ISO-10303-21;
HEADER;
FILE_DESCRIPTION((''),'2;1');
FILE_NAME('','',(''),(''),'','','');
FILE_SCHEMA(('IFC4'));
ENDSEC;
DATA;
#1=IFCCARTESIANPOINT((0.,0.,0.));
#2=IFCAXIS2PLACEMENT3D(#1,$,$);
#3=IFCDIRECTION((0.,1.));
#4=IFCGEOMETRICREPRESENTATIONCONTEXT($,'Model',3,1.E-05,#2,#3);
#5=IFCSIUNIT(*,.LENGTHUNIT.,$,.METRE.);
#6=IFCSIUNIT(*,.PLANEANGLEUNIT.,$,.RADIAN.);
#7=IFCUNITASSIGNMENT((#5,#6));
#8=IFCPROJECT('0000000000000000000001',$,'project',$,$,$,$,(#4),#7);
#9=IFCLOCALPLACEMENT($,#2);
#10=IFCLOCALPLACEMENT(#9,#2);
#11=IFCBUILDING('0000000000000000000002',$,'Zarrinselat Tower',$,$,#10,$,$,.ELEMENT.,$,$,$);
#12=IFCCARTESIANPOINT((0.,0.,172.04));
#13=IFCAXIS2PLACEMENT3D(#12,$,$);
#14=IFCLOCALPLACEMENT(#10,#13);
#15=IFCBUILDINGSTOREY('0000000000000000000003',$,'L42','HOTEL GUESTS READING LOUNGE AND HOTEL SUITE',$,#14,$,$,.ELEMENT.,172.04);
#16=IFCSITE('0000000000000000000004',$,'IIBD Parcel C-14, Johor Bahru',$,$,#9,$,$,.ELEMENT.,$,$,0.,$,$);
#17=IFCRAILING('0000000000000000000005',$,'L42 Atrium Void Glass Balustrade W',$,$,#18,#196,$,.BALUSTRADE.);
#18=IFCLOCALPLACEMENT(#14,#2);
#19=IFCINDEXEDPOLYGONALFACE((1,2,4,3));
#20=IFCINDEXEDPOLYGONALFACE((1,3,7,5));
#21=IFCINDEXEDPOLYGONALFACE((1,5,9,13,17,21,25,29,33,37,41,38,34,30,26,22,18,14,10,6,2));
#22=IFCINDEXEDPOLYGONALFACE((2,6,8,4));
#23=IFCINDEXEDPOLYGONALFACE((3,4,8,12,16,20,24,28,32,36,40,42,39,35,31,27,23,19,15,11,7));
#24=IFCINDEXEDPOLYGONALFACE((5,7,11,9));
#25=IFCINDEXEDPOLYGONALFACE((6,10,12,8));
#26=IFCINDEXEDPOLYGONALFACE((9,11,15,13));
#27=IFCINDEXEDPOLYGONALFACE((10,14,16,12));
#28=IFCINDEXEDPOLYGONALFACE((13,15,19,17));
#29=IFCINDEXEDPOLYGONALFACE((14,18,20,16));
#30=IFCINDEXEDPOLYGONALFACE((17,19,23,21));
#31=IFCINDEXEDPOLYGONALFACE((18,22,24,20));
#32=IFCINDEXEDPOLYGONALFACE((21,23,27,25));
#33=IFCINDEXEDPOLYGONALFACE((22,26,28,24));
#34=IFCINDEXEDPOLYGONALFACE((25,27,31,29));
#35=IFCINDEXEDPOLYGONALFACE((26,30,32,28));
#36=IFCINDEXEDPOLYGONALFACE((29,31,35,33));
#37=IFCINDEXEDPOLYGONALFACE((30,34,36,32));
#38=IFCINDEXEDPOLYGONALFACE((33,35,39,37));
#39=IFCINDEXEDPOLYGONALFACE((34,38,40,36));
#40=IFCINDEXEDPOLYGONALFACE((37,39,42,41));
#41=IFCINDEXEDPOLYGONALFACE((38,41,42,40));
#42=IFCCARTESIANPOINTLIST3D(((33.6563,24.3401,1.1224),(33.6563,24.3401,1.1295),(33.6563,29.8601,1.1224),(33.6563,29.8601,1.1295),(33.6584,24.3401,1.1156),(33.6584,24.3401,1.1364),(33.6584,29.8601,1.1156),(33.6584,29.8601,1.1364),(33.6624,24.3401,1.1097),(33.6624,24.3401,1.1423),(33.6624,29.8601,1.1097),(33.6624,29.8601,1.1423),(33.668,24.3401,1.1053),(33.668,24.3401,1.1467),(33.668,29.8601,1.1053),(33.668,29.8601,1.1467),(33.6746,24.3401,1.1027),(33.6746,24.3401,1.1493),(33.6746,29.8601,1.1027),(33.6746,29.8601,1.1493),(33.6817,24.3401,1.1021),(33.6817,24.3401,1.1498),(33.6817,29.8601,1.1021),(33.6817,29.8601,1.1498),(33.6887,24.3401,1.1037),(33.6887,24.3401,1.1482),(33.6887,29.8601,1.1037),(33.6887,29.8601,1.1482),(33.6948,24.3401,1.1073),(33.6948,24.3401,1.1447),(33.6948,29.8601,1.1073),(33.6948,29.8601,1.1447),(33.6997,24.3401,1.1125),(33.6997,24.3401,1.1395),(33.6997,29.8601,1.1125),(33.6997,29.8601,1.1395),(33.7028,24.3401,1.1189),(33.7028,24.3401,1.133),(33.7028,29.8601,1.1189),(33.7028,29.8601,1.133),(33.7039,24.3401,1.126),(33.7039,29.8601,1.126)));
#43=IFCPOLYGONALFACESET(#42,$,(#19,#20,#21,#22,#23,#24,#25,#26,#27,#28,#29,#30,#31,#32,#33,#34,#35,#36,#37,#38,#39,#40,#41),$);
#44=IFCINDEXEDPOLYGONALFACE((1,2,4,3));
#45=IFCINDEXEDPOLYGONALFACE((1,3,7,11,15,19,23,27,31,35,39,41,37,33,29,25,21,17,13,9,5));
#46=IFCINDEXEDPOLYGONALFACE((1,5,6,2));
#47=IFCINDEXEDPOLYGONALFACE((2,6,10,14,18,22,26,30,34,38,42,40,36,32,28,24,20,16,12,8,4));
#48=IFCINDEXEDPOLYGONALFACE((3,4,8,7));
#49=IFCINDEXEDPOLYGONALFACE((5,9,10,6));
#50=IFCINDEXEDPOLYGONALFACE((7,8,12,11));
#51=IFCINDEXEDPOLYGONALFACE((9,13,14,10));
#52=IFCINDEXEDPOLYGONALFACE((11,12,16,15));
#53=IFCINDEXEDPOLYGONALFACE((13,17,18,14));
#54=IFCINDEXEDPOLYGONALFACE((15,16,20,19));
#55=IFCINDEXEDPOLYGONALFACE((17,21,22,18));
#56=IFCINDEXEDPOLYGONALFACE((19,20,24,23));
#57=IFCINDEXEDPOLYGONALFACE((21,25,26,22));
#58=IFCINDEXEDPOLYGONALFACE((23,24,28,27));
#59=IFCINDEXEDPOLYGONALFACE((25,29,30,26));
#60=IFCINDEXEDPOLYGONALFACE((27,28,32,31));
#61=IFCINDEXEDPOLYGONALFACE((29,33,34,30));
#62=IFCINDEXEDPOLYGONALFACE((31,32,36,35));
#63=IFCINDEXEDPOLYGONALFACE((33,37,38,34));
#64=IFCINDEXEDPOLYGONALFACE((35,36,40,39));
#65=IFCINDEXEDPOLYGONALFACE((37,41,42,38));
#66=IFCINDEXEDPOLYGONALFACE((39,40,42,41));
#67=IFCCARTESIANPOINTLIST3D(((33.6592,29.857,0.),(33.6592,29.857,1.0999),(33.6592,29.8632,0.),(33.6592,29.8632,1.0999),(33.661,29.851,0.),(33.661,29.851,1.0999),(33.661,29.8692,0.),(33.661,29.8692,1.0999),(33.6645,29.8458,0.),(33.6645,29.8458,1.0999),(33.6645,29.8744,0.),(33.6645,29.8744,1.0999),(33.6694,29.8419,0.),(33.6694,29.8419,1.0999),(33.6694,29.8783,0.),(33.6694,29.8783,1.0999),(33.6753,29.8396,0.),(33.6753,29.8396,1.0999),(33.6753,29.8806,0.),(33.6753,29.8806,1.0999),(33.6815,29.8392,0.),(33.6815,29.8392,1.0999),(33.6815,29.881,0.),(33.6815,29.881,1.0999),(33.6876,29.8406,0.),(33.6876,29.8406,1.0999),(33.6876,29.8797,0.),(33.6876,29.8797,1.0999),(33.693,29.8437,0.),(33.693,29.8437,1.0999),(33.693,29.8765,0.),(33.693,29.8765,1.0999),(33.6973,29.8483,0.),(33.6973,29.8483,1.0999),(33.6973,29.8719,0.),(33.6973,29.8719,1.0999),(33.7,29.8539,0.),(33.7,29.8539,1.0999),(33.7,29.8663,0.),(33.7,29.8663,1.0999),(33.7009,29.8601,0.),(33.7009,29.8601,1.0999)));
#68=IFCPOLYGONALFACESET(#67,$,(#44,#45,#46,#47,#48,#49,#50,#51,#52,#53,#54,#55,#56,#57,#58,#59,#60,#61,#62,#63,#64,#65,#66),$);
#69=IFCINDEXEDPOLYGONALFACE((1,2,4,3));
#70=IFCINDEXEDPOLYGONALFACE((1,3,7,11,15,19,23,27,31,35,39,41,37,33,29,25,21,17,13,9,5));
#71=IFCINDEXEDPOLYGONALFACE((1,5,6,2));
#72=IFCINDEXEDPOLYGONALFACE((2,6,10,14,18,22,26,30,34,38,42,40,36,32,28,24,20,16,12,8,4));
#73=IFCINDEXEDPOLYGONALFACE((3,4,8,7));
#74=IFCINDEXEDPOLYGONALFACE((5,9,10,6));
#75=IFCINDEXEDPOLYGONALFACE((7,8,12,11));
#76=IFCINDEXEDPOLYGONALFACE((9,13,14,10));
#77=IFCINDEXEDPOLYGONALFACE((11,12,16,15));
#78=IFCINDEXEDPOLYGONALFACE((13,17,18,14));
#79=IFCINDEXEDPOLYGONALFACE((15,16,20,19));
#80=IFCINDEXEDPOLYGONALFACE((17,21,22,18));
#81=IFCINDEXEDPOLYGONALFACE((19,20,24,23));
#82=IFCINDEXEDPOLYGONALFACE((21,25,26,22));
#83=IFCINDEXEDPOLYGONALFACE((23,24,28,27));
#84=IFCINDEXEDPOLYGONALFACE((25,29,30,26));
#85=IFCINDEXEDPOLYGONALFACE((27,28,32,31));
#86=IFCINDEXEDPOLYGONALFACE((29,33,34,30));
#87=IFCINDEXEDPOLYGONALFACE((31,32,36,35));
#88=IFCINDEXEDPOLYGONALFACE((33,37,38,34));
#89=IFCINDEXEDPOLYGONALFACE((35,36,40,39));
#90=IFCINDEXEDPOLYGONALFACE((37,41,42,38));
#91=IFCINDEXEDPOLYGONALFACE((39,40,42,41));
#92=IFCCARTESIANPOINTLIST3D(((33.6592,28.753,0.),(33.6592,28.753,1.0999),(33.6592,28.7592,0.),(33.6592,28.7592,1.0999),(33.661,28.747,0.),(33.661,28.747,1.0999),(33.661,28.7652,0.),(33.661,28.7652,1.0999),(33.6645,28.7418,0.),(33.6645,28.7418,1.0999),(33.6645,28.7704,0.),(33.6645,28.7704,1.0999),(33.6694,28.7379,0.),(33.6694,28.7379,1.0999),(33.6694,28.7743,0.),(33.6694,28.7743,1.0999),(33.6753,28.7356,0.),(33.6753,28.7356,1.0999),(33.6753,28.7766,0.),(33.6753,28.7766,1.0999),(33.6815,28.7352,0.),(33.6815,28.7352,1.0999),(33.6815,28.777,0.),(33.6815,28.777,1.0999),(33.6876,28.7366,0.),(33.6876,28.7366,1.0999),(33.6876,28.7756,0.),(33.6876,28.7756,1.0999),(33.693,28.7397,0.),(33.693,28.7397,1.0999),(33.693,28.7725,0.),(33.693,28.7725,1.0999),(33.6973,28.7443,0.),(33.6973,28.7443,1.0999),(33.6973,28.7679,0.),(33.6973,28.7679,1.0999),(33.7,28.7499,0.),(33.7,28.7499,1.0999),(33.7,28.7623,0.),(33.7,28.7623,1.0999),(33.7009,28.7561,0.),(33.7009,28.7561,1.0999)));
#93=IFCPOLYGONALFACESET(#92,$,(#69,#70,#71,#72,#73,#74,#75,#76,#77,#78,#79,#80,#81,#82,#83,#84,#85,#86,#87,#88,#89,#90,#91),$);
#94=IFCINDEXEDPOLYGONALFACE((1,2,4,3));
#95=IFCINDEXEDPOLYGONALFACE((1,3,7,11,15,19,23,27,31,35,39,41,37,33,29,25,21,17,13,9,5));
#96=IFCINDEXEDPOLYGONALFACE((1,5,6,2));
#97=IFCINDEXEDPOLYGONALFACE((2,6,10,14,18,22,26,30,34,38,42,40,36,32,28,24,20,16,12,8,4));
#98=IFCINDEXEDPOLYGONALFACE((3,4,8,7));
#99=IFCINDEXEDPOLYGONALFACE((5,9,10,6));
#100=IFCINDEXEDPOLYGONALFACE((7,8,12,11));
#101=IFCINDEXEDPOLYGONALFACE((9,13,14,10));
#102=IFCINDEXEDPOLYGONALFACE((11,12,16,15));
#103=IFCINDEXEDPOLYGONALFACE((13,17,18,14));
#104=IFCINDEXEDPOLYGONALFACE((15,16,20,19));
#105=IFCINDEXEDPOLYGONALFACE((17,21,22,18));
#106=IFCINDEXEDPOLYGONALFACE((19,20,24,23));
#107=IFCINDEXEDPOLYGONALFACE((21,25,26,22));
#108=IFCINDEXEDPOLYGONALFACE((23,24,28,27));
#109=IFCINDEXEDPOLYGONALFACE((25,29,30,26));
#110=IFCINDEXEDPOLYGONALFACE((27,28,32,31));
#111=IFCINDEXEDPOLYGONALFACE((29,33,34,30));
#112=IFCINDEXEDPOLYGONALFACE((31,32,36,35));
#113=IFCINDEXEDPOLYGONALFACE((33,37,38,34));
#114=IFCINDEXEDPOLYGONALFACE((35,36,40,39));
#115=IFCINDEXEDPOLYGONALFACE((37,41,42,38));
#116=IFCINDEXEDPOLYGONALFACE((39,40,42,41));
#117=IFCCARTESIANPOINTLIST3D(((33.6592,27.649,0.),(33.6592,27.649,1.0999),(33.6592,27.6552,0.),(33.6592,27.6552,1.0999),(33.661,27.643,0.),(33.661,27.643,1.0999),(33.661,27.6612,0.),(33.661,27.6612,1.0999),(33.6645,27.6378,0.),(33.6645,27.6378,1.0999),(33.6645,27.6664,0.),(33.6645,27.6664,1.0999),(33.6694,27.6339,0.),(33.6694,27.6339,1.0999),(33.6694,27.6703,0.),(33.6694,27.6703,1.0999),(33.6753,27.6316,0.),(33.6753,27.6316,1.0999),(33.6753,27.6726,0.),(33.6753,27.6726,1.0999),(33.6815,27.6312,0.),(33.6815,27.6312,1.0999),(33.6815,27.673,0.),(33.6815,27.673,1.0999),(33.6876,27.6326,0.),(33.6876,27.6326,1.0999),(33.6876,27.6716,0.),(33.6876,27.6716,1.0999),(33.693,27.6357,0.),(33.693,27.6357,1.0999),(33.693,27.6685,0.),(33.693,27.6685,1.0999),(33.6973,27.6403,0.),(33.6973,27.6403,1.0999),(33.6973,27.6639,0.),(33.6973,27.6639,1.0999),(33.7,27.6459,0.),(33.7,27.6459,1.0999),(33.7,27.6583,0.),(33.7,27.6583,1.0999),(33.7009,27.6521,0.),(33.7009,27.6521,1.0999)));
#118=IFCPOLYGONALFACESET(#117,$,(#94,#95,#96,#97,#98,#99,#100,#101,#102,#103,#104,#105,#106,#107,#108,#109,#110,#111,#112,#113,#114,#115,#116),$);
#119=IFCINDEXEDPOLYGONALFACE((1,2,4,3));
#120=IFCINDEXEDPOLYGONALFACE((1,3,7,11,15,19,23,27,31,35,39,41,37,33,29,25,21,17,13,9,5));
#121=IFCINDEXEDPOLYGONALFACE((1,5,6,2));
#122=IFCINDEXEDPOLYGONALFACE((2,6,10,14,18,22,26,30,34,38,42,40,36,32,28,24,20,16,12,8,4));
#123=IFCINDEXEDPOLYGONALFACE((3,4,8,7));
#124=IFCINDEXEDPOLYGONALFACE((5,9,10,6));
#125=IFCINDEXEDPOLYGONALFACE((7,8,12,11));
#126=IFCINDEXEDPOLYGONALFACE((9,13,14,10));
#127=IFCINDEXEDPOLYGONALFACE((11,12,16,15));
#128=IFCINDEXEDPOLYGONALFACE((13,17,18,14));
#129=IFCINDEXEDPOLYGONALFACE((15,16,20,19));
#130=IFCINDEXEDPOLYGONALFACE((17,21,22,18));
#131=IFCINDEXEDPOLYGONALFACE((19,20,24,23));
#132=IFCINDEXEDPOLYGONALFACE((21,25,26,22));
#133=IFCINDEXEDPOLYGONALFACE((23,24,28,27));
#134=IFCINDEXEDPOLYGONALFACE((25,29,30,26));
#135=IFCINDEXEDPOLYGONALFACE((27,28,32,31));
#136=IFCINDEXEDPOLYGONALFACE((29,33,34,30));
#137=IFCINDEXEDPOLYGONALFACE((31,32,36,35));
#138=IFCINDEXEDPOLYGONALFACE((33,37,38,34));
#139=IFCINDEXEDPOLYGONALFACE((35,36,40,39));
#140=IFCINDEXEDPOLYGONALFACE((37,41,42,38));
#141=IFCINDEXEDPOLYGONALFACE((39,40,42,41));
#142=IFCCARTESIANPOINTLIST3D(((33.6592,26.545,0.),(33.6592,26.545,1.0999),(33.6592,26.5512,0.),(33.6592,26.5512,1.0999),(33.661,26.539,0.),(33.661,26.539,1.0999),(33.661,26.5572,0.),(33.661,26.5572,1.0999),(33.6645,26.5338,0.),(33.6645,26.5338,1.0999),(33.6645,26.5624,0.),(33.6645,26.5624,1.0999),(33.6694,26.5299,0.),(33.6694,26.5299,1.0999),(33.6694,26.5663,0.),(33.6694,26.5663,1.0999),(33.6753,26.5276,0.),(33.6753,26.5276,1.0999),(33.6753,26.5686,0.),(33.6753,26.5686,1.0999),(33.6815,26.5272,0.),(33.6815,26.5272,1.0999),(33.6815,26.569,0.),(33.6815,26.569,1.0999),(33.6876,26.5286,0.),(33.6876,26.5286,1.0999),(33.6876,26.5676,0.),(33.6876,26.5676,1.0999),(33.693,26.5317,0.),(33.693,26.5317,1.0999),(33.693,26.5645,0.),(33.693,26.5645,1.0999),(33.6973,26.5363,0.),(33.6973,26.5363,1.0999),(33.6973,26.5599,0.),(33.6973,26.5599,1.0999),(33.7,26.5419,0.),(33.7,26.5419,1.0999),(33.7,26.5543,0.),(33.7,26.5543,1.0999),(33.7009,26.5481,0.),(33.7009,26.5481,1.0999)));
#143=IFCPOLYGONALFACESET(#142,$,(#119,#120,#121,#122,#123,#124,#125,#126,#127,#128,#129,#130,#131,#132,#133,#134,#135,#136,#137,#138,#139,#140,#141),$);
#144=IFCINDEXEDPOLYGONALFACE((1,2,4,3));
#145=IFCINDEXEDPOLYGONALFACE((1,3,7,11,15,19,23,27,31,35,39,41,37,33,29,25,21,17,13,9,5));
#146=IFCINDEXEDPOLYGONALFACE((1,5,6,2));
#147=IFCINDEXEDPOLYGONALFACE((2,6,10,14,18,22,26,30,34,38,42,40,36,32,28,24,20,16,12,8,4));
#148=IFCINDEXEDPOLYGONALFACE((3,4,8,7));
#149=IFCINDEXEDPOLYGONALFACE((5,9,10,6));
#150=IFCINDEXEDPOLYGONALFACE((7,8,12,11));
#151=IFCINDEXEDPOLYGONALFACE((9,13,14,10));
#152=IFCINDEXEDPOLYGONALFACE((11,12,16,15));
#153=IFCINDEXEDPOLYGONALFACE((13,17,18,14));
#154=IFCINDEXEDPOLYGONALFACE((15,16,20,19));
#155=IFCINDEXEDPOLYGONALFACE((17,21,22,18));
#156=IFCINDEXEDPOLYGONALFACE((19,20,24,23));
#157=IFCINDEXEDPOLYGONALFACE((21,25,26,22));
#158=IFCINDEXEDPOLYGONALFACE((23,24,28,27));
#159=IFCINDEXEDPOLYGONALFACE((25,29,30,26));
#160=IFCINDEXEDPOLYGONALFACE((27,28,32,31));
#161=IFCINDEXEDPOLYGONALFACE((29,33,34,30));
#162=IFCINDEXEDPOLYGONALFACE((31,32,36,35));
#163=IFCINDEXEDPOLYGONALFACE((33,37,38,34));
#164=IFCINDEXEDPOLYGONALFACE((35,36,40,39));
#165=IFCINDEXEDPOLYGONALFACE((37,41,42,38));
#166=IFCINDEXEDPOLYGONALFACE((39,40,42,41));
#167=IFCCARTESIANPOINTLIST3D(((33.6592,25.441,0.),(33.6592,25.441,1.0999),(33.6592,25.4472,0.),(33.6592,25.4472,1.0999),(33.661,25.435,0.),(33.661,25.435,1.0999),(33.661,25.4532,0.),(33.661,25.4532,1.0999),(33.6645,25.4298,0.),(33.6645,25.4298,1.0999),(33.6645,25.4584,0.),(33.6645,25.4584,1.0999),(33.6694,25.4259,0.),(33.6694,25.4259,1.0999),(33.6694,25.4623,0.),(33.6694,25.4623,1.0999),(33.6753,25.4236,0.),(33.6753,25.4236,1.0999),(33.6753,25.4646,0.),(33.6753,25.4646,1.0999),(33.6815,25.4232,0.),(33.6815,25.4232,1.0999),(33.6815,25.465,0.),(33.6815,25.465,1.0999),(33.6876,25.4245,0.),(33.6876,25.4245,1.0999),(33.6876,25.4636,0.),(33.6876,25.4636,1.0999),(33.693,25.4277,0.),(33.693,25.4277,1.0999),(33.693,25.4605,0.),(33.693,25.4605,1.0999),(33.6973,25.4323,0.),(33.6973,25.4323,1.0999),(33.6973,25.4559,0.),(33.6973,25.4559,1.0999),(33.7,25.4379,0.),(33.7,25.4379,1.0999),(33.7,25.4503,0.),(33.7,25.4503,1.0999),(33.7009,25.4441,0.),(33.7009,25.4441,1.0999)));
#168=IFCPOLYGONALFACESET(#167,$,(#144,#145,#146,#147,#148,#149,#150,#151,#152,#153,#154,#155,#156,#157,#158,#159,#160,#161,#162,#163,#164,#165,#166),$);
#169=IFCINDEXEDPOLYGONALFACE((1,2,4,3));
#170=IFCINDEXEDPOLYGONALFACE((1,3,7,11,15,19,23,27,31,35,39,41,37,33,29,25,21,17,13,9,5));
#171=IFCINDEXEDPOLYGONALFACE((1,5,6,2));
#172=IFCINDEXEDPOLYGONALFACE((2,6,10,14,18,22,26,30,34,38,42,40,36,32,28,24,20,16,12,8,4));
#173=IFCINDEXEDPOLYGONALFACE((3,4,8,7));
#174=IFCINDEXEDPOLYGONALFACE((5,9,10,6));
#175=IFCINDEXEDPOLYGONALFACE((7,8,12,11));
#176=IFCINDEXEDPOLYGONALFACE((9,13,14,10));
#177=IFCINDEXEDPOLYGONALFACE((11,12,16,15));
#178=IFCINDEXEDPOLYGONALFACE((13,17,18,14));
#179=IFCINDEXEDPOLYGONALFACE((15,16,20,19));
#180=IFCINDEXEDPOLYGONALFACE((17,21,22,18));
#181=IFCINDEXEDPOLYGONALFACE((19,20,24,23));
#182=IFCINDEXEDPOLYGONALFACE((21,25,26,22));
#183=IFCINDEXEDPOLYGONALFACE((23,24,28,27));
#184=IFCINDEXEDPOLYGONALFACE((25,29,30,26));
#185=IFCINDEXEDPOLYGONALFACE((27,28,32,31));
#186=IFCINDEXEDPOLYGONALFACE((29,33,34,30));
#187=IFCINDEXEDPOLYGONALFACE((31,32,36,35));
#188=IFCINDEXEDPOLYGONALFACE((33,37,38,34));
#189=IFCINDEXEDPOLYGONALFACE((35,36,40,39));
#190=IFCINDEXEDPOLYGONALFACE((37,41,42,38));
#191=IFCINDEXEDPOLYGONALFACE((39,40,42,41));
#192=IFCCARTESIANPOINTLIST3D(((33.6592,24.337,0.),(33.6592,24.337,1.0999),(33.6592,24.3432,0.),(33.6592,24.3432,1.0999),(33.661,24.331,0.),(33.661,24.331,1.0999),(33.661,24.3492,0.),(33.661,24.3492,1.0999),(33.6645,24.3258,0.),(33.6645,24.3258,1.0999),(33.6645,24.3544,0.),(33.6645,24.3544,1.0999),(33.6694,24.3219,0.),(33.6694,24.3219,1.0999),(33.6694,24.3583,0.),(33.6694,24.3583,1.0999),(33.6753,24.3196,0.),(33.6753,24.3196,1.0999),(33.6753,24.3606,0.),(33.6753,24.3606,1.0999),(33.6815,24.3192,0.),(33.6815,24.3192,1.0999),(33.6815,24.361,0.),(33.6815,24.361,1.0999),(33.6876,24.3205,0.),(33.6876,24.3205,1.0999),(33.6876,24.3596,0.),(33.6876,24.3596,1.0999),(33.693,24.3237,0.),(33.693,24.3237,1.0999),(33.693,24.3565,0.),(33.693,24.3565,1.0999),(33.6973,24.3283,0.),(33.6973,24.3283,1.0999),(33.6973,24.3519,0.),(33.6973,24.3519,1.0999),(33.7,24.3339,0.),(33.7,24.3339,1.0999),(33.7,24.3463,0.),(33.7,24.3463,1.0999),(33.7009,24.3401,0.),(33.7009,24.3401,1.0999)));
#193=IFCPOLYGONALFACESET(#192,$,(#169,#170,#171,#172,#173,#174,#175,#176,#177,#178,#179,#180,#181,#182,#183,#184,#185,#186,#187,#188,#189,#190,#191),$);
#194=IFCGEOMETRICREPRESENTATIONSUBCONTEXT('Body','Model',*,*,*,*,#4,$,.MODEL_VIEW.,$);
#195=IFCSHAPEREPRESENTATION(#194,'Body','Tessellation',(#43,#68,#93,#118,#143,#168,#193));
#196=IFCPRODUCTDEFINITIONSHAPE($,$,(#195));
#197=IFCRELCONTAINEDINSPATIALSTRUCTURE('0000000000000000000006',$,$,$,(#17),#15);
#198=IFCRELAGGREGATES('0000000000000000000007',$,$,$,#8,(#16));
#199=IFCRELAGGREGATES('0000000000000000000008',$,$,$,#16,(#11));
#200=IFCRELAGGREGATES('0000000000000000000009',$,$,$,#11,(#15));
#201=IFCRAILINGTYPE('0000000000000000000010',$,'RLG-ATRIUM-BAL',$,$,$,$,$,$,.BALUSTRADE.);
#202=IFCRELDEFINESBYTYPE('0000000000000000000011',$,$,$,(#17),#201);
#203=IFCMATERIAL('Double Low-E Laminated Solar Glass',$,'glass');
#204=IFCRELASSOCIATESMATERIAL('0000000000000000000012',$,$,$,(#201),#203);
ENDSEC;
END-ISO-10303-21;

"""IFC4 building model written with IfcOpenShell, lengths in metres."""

from ifc_helpers import new_model, si_unit, direction, frame, origin, origin_2d, place, context, subcontext, project, spatial, circle, extrude, material, type_object, element, save


model = new_model("IFC4")

# Units and contexts
model_context = context("Model", 3, precision=1e-05, world=origin(), true_north=direction((0.0, 1.0)))
body_context = subcontext(model_context, "Body", "Model", "MODEL_VIEW")
ifc_project = project(units=[si_unit("LENGTHUNIT", "METRE"), si_unit("PLANEANGLEUNIT", "RADIAN")], contexts=[model_context])

# Site, building, storey
site_placement = place(None, origin())
site = spatial("IfcSite", under=ifc_project, at=site_placement, Name="IIBD Parcel C-14, Johor Bahru", CompositionType="ELEMENT", RefElevation=0.0)
building_placement = place(site_placement, origin())
building = spatial("IfcBuilding", under=site, at=building_placement, Name="Zarrinselat Tower", CompositionType="ELEMENT")
storey_placement = place(building_placement, frame((0.0, 0.0, 172.04)))
storey = spatial("IfcBuildingStorey", under=building, at=storey_placement, Name="L42", Description="HOTEL GUESTS READING LOUNGE AND HOTEL SUITE", CompositionType="ELEMENT", Elevation=172.04)

# Railing
ifc_material_1 = material(Name="Double Low-E Laminated Solar Glass", Category="glass")
railing_type = type_object("IfcRailingType", Name="RLG-ATRIUM-BAL", PredefinedType="BALUSTRADE", material=ifc_material_1)
railing_placement = place(storey_placement, frame((33.6799, 29.8601, 0.0)))
element("IfcRailing", 1, at=railing_placement, inside=storey, type_object=railing_type, Name="L42 Atrium Void Glass Balustrade W", PredefinedType="BALUSTRADE", context=body_context, shape_type="SweptSolid", body=[
    extrude(circle(Radius=0.0239, at=origin_2d()), frame((0.0, 0.0, 1.126), z_axis=(0.0, -1.0, 0.0), x_axis=(1.0, 0.0, 0.0)), (0.0, 0.0, 1.0), 5.52),
    extrude(circle(Radius=0.021, at=origin_2d()), origin(), (0.0, 0.0, 1.0), 1.0999),
    extrude(circle(Radius=0.021, at=origin_2d()), frame((0.0, -1.104, 0.0)), (0.0, 0.0, 1.0), 1.0999),
    extrude(circle(Radius=0.021, at=origin_2d()), frame((0.0, -2.208, 0.0)), (0.0, 0.0, 1.0), 1.0999),
    extrude(circle(Radius=0.021, at=origin_2d()), frame((0.0, -3.312, 0.0)), (0.0, 0.0, 1.0), 1.0999),
    extrude(circle(Radius=0.021, at=origin_2d()), frame((0.0, -4.416, 0.0)), (0.0, 0.0, 1.0), 1.0999),
    extrude(circle(Radius=0.021, at=origin_2d()), frame((0.0, -5.52, 0.0)), (0.0, 0.0, 1.0), 1.0999),
])

save(model, "model.ifc")
